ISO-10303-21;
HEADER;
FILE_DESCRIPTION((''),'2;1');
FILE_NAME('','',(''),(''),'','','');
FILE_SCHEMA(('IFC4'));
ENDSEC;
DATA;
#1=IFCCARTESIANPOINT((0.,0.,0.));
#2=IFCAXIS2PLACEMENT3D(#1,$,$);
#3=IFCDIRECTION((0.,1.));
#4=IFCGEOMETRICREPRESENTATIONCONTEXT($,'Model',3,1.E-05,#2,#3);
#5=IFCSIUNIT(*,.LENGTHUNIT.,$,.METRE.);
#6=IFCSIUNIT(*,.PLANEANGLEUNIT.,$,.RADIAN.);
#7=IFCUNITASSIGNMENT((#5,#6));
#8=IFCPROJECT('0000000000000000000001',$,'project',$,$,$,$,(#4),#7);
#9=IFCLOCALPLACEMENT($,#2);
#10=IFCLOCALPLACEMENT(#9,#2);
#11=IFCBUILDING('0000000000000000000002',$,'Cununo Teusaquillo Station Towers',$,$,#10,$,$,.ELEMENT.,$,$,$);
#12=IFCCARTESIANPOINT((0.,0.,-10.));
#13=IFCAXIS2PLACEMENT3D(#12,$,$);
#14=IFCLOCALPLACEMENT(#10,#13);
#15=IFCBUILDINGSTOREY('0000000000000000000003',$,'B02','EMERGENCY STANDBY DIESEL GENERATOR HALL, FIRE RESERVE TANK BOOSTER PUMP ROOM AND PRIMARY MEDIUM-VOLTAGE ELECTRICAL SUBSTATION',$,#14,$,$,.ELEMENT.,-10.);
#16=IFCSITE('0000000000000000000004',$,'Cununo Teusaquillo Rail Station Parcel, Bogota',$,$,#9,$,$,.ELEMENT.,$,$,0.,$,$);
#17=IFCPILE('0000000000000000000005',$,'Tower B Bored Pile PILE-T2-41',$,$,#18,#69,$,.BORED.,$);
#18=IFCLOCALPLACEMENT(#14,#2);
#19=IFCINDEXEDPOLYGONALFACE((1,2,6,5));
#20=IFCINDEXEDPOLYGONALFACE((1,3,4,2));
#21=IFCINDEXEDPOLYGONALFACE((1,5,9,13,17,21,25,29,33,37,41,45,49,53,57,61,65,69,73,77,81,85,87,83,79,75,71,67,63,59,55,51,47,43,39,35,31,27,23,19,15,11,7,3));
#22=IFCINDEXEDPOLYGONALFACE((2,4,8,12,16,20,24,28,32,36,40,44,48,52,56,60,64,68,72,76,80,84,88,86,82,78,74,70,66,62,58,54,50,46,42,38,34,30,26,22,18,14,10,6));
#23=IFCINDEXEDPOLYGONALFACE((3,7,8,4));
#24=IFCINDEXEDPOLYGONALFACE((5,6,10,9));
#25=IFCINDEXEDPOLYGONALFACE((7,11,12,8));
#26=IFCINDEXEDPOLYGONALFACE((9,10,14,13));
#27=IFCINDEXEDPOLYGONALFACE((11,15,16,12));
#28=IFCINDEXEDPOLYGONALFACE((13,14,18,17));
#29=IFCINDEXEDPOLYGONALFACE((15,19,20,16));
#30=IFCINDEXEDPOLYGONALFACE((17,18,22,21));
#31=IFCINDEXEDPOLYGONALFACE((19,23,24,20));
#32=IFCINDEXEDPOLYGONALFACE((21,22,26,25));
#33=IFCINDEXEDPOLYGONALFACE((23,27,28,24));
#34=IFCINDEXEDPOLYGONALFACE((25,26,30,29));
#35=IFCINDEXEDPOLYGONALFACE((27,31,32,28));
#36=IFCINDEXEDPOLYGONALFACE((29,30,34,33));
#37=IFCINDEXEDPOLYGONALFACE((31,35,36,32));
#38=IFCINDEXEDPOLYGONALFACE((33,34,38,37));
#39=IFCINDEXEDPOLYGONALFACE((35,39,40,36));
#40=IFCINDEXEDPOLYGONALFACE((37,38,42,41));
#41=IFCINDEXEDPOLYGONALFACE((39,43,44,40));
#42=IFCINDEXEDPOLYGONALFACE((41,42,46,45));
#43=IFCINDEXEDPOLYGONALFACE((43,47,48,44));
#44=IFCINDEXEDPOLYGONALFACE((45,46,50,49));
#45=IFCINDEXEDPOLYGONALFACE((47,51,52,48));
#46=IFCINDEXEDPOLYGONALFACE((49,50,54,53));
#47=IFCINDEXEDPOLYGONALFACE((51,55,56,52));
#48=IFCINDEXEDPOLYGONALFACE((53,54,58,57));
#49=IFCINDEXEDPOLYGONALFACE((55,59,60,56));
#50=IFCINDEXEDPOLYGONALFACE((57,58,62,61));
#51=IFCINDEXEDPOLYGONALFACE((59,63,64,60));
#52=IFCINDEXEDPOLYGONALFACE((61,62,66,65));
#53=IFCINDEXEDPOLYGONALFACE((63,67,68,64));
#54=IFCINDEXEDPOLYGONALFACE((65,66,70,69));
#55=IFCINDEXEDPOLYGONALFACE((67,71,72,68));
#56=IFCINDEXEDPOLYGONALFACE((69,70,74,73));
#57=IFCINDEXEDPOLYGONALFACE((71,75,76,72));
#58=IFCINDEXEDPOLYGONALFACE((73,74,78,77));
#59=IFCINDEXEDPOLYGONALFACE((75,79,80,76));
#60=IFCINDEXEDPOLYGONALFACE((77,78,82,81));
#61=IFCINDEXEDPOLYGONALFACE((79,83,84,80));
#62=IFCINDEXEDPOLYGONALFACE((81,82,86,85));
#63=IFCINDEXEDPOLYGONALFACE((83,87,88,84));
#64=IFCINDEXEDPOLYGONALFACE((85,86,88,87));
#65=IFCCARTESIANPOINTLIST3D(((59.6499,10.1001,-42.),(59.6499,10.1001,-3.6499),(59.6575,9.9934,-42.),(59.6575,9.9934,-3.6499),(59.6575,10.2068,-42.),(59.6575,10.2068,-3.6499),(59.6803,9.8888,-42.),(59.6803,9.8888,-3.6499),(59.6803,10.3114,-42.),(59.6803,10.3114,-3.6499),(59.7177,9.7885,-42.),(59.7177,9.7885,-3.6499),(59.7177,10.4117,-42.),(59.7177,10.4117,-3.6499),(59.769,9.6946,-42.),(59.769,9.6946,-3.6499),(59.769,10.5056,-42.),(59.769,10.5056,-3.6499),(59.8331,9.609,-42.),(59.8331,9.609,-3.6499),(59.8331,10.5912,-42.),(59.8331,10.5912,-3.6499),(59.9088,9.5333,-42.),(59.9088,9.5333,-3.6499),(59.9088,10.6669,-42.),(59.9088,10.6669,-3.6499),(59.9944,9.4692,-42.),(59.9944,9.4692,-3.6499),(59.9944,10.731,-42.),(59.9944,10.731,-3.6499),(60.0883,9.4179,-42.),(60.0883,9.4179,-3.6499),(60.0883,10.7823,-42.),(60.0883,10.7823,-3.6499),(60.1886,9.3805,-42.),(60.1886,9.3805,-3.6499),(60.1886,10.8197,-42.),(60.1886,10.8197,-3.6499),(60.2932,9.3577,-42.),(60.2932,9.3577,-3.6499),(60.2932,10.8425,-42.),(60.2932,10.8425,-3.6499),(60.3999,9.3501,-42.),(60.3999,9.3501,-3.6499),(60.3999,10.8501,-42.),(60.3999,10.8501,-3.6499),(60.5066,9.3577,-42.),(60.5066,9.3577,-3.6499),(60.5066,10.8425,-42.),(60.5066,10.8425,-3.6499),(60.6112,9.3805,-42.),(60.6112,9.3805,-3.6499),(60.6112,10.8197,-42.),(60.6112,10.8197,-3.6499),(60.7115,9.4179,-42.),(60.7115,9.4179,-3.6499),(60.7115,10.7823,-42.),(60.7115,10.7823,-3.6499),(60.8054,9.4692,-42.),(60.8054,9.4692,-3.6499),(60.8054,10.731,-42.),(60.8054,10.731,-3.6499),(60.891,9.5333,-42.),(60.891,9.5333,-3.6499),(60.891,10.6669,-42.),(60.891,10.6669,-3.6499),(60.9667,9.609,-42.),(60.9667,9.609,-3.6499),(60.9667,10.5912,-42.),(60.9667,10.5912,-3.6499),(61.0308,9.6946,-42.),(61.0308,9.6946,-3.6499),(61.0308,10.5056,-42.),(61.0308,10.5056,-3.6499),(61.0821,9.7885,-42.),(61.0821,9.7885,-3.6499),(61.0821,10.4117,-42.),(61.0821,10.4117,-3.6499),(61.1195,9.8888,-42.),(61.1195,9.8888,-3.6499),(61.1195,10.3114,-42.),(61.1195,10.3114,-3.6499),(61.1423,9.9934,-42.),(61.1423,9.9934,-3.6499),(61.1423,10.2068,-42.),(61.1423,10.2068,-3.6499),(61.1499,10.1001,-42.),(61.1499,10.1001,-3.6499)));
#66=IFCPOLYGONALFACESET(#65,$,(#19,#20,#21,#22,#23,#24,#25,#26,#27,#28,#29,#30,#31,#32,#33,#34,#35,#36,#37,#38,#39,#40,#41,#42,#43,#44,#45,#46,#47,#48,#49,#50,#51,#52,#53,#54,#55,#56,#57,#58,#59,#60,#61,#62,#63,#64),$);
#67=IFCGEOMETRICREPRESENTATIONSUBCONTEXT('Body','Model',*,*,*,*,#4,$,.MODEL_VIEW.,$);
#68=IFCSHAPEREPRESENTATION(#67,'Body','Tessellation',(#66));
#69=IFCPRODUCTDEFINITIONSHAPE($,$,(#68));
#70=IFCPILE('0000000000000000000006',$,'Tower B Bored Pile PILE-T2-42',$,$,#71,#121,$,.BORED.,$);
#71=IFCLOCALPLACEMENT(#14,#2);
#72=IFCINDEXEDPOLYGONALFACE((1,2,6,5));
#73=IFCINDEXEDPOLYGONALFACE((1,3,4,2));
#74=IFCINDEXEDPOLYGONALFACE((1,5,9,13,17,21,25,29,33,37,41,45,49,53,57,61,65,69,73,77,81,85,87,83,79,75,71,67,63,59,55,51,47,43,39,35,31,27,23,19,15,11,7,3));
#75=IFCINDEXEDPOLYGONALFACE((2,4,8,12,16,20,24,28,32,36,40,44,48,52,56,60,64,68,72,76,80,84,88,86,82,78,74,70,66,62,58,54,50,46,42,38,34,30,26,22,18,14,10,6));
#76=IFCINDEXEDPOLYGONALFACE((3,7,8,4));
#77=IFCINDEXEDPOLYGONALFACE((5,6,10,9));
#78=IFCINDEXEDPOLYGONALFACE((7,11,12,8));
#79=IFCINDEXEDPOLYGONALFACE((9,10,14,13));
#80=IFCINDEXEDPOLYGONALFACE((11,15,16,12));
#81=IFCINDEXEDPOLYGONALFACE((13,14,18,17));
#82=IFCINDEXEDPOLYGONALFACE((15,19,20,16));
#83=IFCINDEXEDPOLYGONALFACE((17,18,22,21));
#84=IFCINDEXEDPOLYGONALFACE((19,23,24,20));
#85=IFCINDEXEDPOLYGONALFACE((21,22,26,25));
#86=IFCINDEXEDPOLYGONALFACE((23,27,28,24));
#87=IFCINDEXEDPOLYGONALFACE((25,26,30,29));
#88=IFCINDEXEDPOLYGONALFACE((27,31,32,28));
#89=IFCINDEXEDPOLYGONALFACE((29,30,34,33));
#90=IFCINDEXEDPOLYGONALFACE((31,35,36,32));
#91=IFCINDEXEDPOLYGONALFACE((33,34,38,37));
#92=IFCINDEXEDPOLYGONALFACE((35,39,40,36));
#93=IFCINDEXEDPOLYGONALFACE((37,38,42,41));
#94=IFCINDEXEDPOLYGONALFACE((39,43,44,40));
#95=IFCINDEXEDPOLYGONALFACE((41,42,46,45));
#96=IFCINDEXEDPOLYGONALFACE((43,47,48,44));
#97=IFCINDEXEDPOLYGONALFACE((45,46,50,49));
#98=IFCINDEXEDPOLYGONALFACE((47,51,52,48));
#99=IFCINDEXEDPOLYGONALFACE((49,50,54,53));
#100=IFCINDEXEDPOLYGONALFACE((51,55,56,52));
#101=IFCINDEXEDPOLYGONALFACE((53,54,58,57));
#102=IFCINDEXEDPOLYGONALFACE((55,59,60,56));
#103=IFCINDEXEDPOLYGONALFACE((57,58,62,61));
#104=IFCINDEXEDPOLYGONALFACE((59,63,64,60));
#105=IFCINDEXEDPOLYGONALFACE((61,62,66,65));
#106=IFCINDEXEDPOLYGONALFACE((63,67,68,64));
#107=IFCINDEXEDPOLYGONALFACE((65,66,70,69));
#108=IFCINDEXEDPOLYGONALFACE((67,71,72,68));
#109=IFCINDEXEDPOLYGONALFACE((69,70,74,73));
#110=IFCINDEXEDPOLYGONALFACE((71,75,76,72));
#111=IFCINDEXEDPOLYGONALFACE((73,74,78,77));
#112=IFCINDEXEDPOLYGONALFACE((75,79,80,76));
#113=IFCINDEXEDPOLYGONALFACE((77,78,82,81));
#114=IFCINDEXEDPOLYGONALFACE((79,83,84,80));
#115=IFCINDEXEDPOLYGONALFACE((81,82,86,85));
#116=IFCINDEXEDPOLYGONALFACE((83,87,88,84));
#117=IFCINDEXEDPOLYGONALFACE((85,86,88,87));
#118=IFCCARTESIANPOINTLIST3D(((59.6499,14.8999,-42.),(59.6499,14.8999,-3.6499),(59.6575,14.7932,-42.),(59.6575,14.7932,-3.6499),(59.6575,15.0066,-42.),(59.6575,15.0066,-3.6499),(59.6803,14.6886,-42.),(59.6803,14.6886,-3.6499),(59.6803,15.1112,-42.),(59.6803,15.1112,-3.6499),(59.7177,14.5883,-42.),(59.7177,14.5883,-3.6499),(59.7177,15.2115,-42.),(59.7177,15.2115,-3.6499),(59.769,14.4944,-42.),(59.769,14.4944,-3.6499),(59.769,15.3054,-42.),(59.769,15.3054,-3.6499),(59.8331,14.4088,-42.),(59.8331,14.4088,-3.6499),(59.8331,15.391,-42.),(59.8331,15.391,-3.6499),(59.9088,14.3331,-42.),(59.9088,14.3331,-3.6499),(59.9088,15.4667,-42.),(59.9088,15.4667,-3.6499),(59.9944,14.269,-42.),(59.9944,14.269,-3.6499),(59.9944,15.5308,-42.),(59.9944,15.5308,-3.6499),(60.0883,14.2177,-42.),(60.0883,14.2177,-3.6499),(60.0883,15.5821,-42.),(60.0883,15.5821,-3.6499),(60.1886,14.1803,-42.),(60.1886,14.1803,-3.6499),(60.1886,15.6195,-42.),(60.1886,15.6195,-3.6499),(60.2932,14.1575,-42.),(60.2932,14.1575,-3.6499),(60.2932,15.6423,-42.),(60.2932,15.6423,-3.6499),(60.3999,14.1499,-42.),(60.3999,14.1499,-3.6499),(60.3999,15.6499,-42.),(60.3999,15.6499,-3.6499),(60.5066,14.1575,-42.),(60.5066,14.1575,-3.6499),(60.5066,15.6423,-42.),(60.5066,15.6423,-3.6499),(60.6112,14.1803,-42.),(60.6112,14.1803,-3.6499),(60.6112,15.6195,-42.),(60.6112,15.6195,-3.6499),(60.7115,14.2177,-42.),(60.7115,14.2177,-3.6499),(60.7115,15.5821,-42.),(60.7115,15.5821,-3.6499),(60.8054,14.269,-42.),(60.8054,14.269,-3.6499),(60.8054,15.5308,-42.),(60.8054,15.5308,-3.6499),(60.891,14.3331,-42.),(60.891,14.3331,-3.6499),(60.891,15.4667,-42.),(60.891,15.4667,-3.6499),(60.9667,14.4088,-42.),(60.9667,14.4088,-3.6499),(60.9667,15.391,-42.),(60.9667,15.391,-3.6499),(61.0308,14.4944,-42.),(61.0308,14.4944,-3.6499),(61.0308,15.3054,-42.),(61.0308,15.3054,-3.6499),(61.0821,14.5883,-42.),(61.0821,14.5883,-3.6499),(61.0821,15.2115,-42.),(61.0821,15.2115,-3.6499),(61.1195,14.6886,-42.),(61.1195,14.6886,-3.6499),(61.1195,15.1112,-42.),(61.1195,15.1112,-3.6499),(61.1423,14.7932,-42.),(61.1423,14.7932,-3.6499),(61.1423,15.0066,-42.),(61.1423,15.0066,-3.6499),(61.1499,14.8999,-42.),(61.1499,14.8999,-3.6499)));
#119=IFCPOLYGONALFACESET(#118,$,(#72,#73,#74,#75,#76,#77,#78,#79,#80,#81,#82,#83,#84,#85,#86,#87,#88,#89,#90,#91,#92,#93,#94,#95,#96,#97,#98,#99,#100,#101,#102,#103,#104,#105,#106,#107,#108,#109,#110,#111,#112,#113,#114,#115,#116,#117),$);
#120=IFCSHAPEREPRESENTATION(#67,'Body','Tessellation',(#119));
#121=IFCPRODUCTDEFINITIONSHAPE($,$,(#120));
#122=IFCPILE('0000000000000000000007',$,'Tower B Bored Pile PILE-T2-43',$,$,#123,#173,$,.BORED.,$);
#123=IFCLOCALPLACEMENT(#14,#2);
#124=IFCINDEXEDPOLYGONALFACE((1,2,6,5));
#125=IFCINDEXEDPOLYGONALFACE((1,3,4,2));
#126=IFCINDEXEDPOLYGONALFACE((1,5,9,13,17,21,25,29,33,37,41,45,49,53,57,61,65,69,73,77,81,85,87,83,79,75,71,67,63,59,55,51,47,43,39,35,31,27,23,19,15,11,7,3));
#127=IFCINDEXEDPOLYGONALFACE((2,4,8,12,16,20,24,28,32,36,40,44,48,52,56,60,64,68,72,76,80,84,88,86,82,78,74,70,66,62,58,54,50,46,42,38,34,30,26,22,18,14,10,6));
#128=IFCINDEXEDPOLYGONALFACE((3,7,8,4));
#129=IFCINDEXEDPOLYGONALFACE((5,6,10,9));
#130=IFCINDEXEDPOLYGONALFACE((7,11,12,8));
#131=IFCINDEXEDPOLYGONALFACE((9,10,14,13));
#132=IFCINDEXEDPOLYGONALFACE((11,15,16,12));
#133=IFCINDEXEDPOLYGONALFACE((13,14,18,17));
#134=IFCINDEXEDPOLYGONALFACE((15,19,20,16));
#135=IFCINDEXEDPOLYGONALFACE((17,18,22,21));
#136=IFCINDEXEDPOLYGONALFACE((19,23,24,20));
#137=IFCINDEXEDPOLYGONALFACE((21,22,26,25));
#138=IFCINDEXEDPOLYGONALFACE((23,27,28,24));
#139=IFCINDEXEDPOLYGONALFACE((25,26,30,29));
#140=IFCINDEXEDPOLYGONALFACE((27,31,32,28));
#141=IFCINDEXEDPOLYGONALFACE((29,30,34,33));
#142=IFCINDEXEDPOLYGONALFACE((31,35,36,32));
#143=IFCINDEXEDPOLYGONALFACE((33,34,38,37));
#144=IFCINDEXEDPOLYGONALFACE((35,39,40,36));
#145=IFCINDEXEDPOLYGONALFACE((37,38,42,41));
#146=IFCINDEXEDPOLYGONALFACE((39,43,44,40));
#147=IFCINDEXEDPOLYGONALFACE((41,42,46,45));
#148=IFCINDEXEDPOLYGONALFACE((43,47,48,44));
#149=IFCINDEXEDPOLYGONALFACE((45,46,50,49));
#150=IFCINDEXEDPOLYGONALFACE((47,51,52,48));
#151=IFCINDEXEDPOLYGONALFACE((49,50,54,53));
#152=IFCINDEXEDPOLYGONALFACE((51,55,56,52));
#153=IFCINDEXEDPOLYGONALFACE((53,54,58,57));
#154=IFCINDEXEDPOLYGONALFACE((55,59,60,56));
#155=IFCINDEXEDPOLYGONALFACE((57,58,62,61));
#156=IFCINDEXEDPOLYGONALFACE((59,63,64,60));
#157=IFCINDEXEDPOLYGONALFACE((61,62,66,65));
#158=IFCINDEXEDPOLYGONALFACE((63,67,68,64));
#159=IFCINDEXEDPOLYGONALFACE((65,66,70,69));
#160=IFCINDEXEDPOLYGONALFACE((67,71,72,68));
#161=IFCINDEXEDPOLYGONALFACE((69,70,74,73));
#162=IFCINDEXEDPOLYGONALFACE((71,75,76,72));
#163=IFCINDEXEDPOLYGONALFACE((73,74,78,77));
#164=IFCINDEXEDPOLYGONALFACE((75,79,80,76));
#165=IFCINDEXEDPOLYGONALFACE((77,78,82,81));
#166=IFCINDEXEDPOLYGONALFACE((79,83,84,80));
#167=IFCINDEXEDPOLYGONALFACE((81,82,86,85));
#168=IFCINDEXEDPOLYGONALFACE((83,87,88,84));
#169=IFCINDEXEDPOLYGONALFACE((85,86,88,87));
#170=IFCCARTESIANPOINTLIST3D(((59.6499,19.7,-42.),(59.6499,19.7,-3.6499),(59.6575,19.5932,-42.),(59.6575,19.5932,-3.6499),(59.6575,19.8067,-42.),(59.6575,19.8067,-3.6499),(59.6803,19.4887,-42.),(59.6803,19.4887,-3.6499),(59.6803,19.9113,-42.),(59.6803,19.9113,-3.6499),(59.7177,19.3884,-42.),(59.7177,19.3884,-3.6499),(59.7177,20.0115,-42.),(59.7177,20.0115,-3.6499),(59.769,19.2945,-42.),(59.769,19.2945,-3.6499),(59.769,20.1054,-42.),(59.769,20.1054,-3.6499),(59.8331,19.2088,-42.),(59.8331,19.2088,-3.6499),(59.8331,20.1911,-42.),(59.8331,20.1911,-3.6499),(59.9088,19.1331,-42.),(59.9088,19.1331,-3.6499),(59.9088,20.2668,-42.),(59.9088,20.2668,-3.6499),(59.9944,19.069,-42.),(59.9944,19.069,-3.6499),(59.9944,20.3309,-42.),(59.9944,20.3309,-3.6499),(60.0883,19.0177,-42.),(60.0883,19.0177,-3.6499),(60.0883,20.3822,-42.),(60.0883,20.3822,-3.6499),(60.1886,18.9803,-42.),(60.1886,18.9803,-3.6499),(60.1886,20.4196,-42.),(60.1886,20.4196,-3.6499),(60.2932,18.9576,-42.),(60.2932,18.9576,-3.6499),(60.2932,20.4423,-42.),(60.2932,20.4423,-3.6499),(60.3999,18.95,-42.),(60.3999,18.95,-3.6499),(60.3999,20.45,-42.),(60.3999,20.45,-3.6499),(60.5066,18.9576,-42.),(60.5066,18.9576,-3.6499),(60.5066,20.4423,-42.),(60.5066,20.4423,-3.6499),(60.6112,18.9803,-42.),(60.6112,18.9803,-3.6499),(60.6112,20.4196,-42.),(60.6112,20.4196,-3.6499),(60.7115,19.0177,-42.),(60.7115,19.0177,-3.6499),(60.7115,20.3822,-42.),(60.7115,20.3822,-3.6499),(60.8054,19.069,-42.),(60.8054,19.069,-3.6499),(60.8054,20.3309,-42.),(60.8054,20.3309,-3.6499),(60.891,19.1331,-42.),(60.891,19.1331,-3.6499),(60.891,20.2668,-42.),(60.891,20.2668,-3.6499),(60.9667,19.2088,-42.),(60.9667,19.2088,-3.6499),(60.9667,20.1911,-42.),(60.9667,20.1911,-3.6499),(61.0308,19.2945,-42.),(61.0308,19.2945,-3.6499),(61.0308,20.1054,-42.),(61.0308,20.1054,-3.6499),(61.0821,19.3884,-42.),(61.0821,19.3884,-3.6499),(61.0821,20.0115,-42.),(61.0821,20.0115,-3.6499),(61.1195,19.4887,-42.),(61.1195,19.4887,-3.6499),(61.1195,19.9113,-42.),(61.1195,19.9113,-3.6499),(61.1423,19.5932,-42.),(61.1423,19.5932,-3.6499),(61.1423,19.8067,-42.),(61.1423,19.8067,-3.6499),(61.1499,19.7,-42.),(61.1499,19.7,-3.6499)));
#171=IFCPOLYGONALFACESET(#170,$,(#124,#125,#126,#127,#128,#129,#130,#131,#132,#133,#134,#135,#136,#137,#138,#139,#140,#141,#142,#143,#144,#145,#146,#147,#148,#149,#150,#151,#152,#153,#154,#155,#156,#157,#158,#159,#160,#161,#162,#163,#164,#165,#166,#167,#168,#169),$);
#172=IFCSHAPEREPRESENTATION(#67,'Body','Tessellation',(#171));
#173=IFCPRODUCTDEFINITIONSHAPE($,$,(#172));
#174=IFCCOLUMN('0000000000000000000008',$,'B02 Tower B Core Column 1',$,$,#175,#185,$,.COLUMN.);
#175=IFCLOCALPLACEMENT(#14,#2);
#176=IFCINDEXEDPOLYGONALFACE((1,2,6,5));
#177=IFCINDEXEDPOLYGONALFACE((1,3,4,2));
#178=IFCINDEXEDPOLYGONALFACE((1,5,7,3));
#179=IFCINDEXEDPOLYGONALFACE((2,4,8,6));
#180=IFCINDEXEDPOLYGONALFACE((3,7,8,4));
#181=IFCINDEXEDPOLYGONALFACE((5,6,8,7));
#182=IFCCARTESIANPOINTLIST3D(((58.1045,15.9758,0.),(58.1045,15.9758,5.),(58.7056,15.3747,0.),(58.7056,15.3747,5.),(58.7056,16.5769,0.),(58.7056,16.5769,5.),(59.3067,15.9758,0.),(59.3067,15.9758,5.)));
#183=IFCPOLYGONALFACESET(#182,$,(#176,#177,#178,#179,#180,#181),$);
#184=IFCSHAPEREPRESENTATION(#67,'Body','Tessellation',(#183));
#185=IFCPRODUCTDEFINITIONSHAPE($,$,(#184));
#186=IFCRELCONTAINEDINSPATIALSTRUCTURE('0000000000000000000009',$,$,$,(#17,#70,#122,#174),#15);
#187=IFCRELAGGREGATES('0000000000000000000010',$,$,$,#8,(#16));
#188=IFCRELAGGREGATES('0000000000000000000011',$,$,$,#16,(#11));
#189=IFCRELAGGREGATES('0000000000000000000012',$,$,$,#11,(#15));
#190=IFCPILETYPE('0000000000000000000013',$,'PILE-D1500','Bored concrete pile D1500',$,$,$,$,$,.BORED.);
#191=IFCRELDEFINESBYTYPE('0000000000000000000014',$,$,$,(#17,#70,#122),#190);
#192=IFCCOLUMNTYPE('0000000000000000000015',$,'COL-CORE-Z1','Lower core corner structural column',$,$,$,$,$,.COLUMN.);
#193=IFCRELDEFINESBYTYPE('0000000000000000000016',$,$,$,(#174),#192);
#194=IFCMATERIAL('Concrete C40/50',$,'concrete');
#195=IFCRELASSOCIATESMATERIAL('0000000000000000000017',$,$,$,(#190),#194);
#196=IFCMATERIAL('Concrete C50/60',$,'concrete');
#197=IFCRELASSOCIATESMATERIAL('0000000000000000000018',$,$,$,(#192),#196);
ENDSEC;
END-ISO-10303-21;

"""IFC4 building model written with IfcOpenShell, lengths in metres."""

from ifc_helpers import new_model, si_unit, direction, frame, origin, origin_2d, place, context, subcontext, project, spatial, rectangle, circle, extrude, material, material_profile, profile_set, type_object, element, save


model = new_model("IFC4")

# Units and contexts
model_context = context("Model", 3, precision=1e-05, world=origin(), true_north=direction((0.0, 1.0)))
body_context = subcontext(model_context, "Body", "Model", "MODEL_VIEW")
ifc_project = project(units=[si_unit("LENGTHUNIT", "METRE"), si_unit("PLANEANGLEUNIT", "RADIAN")], contexts=[model_context])

# Site, building, storey
site_placement = place(None, origin())
site = spatial("IfcSite", under=ifc_project, at=site_placement, Name="Cununo Teusaquillo Rail Station Parcel, Bogota", CompositionType="ELEMENT", RefElevation=0.0)
building_placement = place(site_placement, origin())
building = spatial("IfcBuilding", under=site, at=building_placement, Name="Cununo Teusaquillo Station Towers", CompositionType="ELEMENT")
storey_placement = place(building_placement, frame((0.0, 0.0, -10.0)))
storey = spatial("IfcBuildingStorey", under=building, at=storey_placement, Name="B02", Description="EMERGENCY STANDBY DIESEL GENERATOR HALL, FIRE RESERVE TANK BOOSTER PUMP ROOM AND PRIMARY MEDIUM-VOLTAGE ELECTRICAL SUBSTATION", CompositionType="ELEMENT", Elevation=-10.0)

# Piles
ifc_material_1 = material(Name="Concrete C40/50", Category="concrete")
ifc_material_profile_1 = material_profile(ifc_material_1, circle(Radius=0.75, at=origin_2d()), Name="PILE-BORED-1500")
ifc_profile_set_1 = profile_set([ifc_material_profile_1], Name="Concrete C40/50")
pile_type = type_object("IfcPileType", Name="PILE-D1500", Description="Bored concrete pile D1500", PredefinedType="BORED", material=ifc_profile_set_1)
for number, where, z_axis, x_axis, name in (
    (1, (60.3999, 10.1001, -3.6499), (0.0, 0.0, -1.0), (1.0, 0.0, 0.0), "Tower B Bored Pile PILE-T2-41"),
    (2, (60.3999, 14.8999, -3.6499), (0.0, 0.0, -1.0), (1.0, 0.0, 0.0), "Tower B Bored Pile PILE-T2-42"),
    (3, (60.3999, 19.7, -3.6499), (0.0, 0.0, -1.0), (1.0, 0.0, 0.0), "Tower B Bored Pile PILE-T2-43"),
):
    element("IfcPile", number, at=place(storey_placement, frame(where, z_axis=z_axis, x_axis=x_axis)), inside=storey, type_object=pile_type, Name=name, PredefinedType="BORED", context=body_context, shape_type="SweptSolid", body=[
        extrude(circle(Radius=0.75, at=origin_2d()), origin(), (0.0, 0.0, 1.0), 38.3501),
    ])

# Column
ifc_material_2 = material(Name="Concrete C50/60", Category="concrete")
ifc_material_profile_2 = material_profile(ifc_material_2, rectangle(XDim=0.8501, YDim=0.8501, at=origin_2d()), Name="RC-RECT-850x850")
ifc_profile_set_2 = profile_set([ifc_material_profile_2], Name="Concrete C50/60")
column_type_1 = type_object("IfcColumnType", Name="COL-CORE-Z1", Description="Lower core corner structural column", PredefinedType="COLUMN", material=ifc_profile_set_2)
column_1_placement = place(storey_placement, frame((58.7056, 15.9758, 0.0), z_axis=(0.0, 0.0, 1.0), x_axis=(0.707107, 0.707107, 0.0)))
element("IfcColumn", 4, at=column_1_placement, inside=storey, type_object=column_type_1, Name="B02 Tower B Core Column 1", PredefinedType="COLUMN", context=body_context, shape_type="SweptSolid", body=[
    extrude(rectangle(XDim=0.8501, YDim=0.8501, at=origin_2d()), origin(), (0.0, 0.0, 1.0), 5.0),
])

save(model, "model.ifc")
